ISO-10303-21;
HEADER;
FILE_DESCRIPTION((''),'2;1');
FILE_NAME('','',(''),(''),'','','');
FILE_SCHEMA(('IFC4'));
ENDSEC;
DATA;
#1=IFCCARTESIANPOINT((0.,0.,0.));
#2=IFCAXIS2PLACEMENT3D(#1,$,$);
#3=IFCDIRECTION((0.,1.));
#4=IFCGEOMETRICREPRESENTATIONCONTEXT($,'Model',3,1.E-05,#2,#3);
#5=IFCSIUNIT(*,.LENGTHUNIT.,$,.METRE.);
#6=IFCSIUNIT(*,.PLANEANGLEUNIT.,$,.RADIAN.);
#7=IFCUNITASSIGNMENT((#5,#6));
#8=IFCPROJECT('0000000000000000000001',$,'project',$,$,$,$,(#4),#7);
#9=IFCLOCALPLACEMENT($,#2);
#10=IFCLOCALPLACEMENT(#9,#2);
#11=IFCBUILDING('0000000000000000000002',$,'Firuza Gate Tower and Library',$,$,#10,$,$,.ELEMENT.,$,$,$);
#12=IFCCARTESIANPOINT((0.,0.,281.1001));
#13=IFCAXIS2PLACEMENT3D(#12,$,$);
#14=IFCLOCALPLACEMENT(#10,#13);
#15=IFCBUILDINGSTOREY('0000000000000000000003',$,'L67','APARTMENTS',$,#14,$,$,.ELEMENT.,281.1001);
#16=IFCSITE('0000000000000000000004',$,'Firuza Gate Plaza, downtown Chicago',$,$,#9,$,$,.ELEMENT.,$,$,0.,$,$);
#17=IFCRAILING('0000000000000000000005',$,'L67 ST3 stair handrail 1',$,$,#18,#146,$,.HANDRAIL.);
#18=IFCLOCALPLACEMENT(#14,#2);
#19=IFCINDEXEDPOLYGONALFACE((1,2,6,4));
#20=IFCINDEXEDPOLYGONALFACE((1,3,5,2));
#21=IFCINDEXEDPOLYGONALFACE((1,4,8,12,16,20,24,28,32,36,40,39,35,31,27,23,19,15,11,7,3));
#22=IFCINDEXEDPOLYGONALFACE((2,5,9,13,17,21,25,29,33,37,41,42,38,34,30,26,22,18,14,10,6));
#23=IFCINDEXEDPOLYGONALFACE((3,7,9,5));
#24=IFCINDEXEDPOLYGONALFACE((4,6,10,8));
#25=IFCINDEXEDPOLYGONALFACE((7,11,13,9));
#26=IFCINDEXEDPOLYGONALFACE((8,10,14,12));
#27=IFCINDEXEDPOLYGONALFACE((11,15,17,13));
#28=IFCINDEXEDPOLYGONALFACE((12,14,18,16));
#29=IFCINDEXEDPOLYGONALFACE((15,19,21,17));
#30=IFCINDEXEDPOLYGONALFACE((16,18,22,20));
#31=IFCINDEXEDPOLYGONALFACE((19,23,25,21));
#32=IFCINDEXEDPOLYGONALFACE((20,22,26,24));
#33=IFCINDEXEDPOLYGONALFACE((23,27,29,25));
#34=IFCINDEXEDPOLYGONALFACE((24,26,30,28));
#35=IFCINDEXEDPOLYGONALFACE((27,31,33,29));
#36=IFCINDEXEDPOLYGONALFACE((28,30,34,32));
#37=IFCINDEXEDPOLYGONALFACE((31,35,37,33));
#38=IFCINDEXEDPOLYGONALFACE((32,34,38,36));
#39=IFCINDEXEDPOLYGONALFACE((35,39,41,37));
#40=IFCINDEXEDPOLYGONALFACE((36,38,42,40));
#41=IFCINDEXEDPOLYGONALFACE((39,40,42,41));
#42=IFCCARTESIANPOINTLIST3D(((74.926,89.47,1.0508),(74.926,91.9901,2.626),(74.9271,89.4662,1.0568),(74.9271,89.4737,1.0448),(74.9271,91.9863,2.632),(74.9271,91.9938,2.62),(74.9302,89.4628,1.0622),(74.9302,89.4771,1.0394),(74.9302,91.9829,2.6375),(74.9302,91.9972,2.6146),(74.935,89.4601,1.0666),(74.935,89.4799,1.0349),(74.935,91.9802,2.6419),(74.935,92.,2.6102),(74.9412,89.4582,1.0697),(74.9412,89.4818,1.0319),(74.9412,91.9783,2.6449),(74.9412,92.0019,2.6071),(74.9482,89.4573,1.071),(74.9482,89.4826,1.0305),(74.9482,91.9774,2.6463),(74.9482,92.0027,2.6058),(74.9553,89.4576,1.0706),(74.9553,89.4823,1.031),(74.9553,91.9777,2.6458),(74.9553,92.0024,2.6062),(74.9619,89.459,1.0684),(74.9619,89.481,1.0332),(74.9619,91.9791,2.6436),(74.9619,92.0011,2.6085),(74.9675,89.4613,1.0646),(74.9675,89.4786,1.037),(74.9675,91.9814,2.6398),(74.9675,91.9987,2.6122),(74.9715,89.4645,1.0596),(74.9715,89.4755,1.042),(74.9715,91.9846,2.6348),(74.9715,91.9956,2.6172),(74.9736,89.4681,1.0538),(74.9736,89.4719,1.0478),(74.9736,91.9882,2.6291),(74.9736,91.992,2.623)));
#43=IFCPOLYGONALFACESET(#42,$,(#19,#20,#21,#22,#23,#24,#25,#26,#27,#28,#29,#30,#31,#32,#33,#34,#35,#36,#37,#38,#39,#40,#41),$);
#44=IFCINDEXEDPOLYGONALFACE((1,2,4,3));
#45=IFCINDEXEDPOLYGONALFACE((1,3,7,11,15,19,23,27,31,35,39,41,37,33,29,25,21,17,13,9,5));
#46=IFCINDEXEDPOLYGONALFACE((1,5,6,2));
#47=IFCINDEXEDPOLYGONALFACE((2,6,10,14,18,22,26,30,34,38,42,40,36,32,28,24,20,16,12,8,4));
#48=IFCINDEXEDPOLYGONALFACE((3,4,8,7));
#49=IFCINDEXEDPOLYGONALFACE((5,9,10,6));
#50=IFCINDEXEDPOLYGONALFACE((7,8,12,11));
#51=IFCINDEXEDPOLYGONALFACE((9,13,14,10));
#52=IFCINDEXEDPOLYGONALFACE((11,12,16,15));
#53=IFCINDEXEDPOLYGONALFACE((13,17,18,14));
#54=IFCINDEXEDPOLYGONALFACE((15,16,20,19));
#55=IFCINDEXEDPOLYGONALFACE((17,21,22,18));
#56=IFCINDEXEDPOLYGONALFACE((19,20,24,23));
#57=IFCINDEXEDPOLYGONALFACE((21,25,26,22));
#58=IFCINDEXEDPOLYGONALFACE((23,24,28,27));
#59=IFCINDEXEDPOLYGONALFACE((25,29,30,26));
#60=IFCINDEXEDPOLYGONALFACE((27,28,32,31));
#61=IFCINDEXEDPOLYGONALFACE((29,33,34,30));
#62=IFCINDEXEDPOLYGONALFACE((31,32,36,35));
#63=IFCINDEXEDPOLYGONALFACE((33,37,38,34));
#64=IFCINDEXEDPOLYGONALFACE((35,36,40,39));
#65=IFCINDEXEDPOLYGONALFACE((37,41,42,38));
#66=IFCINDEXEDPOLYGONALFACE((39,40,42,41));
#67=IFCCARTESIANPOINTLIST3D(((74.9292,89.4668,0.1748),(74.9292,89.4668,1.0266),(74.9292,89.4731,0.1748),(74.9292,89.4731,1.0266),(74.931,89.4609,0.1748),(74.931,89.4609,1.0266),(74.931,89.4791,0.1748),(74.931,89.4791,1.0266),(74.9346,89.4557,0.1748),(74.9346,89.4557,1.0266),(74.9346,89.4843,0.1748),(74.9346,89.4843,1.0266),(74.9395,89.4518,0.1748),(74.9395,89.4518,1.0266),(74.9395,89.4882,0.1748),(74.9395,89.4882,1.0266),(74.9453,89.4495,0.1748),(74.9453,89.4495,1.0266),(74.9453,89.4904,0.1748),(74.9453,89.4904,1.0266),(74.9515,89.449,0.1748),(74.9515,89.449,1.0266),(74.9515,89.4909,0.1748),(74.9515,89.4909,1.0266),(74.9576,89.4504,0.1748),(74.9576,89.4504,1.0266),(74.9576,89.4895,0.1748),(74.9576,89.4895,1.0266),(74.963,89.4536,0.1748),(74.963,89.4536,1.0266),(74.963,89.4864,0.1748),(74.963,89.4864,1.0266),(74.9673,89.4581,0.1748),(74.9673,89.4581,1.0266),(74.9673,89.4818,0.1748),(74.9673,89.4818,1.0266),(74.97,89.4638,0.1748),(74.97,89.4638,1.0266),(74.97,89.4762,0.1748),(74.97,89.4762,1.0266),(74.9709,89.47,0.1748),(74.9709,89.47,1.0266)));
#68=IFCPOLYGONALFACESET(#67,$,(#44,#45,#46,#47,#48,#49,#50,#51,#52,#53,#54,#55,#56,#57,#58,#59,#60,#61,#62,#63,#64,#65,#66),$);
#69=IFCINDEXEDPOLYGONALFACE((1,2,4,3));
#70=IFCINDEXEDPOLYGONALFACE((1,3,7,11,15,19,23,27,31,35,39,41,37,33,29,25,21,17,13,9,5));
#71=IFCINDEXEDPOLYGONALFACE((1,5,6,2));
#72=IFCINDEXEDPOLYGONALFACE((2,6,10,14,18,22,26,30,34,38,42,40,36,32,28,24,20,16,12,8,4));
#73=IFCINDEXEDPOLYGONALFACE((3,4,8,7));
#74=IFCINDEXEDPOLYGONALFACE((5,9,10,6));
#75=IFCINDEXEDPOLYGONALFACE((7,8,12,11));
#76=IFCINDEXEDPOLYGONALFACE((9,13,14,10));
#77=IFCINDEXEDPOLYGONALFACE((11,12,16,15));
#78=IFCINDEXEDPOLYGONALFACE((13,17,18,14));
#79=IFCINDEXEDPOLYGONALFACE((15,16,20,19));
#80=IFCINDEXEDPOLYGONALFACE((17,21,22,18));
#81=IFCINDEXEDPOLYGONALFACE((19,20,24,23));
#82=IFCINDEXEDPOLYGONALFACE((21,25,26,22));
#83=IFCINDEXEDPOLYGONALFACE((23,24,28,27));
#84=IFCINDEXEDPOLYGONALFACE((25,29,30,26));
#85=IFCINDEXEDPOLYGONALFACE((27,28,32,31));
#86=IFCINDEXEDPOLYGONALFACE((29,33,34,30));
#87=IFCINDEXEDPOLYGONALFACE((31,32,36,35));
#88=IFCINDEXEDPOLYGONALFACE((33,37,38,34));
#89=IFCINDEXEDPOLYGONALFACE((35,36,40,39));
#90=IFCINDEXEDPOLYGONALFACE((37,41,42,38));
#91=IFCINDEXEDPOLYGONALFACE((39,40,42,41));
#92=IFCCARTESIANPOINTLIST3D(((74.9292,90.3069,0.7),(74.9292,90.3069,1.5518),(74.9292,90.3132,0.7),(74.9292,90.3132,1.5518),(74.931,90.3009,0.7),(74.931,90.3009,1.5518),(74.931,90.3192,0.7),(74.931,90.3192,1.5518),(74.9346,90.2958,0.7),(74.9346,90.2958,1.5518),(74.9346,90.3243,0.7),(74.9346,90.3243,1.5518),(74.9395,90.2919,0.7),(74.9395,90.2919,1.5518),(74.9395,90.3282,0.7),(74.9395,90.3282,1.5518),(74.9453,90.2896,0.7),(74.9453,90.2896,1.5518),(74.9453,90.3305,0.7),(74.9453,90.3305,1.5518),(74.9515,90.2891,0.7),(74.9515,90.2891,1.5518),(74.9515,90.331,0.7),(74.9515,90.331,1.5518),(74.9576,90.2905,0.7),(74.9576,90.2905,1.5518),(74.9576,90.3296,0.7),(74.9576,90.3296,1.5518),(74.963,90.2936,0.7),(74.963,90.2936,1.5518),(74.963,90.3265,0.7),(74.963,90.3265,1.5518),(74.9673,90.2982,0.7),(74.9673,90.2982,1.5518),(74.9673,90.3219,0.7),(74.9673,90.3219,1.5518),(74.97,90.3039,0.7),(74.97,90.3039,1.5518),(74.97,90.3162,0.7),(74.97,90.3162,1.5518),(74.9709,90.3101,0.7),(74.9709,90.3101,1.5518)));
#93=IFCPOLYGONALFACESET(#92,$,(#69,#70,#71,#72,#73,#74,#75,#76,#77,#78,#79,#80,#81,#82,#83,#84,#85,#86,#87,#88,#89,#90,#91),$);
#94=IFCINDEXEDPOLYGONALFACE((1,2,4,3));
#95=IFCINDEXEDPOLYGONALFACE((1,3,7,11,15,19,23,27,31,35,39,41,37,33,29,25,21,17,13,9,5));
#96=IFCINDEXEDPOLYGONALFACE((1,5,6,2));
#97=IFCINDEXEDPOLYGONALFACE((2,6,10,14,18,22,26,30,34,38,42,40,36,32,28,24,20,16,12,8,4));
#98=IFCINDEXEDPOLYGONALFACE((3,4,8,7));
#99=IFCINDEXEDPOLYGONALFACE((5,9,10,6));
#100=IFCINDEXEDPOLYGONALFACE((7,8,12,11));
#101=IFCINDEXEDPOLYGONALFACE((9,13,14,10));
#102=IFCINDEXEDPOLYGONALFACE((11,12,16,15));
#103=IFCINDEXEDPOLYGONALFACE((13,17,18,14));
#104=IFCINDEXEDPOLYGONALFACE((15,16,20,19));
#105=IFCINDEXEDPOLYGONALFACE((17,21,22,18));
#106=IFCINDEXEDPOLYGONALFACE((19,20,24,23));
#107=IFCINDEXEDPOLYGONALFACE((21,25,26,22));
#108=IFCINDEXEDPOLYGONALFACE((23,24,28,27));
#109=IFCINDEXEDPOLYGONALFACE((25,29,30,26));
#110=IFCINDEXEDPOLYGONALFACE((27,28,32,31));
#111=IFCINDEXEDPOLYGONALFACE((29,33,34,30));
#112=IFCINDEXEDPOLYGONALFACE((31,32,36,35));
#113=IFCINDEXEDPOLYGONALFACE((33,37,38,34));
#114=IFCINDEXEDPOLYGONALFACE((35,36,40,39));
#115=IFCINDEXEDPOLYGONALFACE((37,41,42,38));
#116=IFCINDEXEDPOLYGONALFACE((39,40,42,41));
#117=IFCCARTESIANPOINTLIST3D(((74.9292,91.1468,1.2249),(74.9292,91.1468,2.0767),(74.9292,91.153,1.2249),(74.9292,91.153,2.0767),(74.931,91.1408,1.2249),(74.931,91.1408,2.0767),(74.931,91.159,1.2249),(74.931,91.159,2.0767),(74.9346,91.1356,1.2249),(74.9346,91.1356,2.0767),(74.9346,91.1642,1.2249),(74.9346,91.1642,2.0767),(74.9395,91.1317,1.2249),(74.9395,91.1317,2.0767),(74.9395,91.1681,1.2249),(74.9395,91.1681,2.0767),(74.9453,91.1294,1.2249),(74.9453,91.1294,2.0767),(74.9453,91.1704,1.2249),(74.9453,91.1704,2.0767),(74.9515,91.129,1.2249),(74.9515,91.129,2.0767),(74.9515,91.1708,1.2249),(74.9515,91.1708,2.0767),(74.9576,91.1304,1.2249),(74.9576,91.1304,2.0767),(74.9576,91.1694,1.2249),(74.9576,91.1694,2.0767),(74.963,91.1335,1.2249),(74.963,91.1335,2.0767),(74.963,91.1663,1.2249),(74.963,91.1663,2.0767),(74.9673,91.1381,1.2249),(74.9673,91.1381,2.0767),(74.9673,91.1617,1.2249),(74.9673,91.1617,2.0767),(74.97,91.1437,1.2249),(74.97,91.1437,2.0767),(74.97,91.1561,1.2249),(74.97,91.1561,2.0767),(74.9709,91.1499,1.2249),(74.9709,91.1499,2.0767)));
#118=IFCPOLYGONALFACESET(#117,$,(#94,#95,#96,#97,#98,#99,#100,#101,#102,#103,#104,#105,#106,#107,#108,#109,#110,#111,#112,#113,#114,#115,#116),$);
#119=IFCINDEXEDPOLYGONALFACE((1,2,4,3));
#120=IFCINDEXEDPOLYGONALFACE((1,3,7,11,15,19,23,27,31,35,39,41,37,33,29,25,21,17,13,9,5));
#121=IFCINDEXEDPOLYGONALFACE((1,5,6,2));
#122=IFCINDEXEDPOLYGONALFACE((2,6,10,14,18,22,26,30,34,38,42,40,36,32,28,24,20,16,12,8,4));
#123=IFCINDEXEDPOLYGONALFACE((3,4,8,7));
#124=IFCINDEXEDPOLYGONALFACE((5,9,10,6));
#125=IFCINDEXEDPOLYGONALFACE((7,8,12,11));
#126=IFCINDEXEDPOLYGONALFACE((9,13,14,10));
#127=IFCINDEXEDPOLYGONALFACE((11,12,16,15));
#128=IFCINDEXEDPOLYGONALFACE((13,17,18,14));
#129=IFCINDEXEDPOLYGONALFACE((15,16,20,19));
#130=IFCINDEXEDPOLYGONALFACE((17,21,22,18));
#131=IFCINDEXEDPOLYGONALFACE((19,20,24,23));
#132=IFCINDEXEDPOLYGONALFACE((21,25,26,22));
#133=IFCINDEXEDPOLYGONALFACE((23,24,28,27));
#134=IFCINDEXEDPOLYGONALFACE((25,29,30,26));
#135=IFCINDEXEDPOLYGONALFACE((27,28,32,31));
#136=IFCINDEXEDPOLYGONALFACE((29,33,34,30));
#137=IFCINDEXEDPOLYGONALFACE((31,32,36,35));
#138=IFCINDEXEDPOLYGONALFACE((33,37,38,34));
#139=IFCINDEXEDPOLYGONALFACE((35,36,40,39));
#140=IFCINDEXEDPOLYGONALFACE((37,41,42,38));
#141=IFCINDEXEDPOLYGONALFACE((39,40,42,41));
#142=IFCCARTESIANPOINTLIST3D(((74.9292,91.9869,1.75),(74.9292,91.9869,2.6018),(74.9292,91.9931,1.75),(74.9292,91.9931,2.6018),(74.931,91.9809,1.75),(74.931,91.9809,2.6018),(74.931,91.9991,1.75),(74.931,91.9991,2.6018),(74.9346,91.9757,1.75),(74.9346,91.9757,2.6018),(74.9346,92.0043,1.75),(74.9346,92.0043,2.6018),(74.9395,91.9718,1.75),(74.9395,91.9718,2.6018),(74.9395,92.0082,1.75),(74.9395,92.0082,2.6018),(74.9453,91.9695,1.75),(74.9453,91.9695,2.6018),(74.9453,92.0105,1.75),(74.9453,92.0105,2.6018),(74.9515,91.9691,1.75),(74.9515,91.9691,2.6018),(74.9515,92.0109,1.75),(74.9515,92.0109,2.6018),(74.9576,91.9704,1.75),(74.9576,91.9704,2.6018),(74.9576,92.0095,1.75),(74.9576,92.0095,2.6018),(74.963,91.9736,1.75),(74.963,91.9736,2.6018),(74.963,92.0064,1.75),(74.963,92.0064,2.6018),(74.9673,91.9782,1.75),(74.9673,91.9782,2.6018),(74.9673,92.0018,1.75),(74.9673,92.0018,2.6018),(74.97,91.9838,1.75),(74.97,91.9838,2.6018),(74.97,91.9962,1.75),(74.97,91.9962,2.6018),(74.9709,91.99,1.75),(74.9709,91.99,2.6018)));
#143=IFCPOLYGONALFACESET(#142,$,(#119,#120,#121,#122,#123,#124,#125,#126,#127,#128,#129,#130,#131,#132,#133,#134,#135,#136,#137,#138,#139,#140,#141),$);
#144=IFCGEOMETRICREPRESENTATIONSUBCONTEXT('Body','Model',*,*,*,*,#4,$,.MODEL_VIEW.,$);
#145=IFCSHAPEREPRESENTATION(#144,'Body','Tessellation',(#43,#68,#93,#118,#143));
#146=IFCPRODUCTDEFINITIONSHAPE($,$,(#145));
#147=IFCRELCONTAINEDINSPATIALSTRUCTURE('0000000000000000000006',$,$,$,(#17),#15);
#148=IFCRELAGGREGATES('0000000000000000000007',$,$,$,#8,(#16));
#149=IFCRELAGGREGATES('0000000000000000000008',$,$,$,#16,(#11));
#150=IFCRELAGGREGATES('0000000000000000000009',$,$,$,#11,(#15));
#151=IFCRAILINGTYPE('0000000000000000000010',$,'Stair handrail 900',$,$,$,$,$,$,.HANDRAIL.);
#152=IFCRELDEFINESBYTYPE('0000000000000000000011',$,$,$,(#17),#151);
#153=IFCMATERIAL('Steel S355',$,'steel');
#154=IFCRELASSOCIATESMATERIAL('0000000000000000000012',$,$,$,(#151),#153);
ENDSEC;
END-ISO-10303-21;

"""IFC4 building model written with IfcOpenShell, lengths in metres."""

from ifc_helpers import new_model, si_unit, direction, frame, origin, origin_2d, place, context, subcontext, project, spatial, circle, extrude, material, type_object, element, save


model = new_model("IFC4")

# Units and contexts
model_context = context("Model", 3, precision=1e-05, world=origin(), true_north=direction((0.0, 1.0)))
body_context = subcontext(model_context, "Body", "Model", "MODEL_VIEW")
ifc_project = project(units=[si_unit("LENGTHUNIT", "METRE"), si_unit("PLANEANGLEUNIT", "RADIAN")], contexts=[model_context])

# Site, building, storey
site_placement = place(None, origin())
site = spatial("IfcSite", under=ifc_project, at=site_placement, Name="Firuza Gate Plaza, downtown Chicago", CompositionType="ELEMENT", RefElevation=0.0)
building_placement = place(site_placement, origin())
building = spatial("IfcBuilding", under=site, at=building_placement, Name="Firuza Gate Tower and Library", CompositionType="ELEMENT")
storey_placement = place(building_placement, frame((0.0, 0.0, 281.1001)))
storey = spatial("IfcBuildingStorey", under=building, at=storey_placement, Name="L67", Description="APARTMENTS", CompositionType="ELEMENT", Elevation=281.1001)

# Railing
ifc_material_1 = material(Name="Steel S355", Category="steel")
railing_type = type_object("IfcRailingType", Name="Stair handrail 900", PredefinedType="HANDRAIL", material=ifc_material_1)
railing_placement = place(storey_placement, frame((74.95, 89.47, 0.1748)))
element("IfcRailing", 1, at=railing_placement, inside=storey, type_object=railing_type, Name="L67 ST3 stair handrail 1", PredefinedType="HANDRAIL", context=body_context, shape_type="SweptSolid", body=[
    extrude(circle(Radius=0.0239, at=origin_2d()), frame((0.0, 0.0, 0.876), z_axis=(0.0, 0.847971, 0.530043), x_axis=(-1.0, 0.0, 0.0)), (0.0, 0.0, 1.0), 2.9719),
    extrude(circle(Radius=0.021, at=origin_2d()), origin(), (0.0, 0.0, 1.0), 0.8518),
    extrude(circle(Radius=0.021, at=origin_2d()), frame((0.0, 0.8401, 0.5251)), (0.0, 0.0, 1.0), 0.8518),
    extrude(circle(Radius=0.021, at=origin_2d()), frame((0.0, 1.6799, 1.05)), (0.0, 0.0, 1.0), 0.8518),
    extrude(circle(Radius=0.021, at=origin_2d()), frame((0.0, 2.52, 1.5752)), (0.0, 0.0, 1.0), 0.8518),
])

save(model, "model.ifc")
